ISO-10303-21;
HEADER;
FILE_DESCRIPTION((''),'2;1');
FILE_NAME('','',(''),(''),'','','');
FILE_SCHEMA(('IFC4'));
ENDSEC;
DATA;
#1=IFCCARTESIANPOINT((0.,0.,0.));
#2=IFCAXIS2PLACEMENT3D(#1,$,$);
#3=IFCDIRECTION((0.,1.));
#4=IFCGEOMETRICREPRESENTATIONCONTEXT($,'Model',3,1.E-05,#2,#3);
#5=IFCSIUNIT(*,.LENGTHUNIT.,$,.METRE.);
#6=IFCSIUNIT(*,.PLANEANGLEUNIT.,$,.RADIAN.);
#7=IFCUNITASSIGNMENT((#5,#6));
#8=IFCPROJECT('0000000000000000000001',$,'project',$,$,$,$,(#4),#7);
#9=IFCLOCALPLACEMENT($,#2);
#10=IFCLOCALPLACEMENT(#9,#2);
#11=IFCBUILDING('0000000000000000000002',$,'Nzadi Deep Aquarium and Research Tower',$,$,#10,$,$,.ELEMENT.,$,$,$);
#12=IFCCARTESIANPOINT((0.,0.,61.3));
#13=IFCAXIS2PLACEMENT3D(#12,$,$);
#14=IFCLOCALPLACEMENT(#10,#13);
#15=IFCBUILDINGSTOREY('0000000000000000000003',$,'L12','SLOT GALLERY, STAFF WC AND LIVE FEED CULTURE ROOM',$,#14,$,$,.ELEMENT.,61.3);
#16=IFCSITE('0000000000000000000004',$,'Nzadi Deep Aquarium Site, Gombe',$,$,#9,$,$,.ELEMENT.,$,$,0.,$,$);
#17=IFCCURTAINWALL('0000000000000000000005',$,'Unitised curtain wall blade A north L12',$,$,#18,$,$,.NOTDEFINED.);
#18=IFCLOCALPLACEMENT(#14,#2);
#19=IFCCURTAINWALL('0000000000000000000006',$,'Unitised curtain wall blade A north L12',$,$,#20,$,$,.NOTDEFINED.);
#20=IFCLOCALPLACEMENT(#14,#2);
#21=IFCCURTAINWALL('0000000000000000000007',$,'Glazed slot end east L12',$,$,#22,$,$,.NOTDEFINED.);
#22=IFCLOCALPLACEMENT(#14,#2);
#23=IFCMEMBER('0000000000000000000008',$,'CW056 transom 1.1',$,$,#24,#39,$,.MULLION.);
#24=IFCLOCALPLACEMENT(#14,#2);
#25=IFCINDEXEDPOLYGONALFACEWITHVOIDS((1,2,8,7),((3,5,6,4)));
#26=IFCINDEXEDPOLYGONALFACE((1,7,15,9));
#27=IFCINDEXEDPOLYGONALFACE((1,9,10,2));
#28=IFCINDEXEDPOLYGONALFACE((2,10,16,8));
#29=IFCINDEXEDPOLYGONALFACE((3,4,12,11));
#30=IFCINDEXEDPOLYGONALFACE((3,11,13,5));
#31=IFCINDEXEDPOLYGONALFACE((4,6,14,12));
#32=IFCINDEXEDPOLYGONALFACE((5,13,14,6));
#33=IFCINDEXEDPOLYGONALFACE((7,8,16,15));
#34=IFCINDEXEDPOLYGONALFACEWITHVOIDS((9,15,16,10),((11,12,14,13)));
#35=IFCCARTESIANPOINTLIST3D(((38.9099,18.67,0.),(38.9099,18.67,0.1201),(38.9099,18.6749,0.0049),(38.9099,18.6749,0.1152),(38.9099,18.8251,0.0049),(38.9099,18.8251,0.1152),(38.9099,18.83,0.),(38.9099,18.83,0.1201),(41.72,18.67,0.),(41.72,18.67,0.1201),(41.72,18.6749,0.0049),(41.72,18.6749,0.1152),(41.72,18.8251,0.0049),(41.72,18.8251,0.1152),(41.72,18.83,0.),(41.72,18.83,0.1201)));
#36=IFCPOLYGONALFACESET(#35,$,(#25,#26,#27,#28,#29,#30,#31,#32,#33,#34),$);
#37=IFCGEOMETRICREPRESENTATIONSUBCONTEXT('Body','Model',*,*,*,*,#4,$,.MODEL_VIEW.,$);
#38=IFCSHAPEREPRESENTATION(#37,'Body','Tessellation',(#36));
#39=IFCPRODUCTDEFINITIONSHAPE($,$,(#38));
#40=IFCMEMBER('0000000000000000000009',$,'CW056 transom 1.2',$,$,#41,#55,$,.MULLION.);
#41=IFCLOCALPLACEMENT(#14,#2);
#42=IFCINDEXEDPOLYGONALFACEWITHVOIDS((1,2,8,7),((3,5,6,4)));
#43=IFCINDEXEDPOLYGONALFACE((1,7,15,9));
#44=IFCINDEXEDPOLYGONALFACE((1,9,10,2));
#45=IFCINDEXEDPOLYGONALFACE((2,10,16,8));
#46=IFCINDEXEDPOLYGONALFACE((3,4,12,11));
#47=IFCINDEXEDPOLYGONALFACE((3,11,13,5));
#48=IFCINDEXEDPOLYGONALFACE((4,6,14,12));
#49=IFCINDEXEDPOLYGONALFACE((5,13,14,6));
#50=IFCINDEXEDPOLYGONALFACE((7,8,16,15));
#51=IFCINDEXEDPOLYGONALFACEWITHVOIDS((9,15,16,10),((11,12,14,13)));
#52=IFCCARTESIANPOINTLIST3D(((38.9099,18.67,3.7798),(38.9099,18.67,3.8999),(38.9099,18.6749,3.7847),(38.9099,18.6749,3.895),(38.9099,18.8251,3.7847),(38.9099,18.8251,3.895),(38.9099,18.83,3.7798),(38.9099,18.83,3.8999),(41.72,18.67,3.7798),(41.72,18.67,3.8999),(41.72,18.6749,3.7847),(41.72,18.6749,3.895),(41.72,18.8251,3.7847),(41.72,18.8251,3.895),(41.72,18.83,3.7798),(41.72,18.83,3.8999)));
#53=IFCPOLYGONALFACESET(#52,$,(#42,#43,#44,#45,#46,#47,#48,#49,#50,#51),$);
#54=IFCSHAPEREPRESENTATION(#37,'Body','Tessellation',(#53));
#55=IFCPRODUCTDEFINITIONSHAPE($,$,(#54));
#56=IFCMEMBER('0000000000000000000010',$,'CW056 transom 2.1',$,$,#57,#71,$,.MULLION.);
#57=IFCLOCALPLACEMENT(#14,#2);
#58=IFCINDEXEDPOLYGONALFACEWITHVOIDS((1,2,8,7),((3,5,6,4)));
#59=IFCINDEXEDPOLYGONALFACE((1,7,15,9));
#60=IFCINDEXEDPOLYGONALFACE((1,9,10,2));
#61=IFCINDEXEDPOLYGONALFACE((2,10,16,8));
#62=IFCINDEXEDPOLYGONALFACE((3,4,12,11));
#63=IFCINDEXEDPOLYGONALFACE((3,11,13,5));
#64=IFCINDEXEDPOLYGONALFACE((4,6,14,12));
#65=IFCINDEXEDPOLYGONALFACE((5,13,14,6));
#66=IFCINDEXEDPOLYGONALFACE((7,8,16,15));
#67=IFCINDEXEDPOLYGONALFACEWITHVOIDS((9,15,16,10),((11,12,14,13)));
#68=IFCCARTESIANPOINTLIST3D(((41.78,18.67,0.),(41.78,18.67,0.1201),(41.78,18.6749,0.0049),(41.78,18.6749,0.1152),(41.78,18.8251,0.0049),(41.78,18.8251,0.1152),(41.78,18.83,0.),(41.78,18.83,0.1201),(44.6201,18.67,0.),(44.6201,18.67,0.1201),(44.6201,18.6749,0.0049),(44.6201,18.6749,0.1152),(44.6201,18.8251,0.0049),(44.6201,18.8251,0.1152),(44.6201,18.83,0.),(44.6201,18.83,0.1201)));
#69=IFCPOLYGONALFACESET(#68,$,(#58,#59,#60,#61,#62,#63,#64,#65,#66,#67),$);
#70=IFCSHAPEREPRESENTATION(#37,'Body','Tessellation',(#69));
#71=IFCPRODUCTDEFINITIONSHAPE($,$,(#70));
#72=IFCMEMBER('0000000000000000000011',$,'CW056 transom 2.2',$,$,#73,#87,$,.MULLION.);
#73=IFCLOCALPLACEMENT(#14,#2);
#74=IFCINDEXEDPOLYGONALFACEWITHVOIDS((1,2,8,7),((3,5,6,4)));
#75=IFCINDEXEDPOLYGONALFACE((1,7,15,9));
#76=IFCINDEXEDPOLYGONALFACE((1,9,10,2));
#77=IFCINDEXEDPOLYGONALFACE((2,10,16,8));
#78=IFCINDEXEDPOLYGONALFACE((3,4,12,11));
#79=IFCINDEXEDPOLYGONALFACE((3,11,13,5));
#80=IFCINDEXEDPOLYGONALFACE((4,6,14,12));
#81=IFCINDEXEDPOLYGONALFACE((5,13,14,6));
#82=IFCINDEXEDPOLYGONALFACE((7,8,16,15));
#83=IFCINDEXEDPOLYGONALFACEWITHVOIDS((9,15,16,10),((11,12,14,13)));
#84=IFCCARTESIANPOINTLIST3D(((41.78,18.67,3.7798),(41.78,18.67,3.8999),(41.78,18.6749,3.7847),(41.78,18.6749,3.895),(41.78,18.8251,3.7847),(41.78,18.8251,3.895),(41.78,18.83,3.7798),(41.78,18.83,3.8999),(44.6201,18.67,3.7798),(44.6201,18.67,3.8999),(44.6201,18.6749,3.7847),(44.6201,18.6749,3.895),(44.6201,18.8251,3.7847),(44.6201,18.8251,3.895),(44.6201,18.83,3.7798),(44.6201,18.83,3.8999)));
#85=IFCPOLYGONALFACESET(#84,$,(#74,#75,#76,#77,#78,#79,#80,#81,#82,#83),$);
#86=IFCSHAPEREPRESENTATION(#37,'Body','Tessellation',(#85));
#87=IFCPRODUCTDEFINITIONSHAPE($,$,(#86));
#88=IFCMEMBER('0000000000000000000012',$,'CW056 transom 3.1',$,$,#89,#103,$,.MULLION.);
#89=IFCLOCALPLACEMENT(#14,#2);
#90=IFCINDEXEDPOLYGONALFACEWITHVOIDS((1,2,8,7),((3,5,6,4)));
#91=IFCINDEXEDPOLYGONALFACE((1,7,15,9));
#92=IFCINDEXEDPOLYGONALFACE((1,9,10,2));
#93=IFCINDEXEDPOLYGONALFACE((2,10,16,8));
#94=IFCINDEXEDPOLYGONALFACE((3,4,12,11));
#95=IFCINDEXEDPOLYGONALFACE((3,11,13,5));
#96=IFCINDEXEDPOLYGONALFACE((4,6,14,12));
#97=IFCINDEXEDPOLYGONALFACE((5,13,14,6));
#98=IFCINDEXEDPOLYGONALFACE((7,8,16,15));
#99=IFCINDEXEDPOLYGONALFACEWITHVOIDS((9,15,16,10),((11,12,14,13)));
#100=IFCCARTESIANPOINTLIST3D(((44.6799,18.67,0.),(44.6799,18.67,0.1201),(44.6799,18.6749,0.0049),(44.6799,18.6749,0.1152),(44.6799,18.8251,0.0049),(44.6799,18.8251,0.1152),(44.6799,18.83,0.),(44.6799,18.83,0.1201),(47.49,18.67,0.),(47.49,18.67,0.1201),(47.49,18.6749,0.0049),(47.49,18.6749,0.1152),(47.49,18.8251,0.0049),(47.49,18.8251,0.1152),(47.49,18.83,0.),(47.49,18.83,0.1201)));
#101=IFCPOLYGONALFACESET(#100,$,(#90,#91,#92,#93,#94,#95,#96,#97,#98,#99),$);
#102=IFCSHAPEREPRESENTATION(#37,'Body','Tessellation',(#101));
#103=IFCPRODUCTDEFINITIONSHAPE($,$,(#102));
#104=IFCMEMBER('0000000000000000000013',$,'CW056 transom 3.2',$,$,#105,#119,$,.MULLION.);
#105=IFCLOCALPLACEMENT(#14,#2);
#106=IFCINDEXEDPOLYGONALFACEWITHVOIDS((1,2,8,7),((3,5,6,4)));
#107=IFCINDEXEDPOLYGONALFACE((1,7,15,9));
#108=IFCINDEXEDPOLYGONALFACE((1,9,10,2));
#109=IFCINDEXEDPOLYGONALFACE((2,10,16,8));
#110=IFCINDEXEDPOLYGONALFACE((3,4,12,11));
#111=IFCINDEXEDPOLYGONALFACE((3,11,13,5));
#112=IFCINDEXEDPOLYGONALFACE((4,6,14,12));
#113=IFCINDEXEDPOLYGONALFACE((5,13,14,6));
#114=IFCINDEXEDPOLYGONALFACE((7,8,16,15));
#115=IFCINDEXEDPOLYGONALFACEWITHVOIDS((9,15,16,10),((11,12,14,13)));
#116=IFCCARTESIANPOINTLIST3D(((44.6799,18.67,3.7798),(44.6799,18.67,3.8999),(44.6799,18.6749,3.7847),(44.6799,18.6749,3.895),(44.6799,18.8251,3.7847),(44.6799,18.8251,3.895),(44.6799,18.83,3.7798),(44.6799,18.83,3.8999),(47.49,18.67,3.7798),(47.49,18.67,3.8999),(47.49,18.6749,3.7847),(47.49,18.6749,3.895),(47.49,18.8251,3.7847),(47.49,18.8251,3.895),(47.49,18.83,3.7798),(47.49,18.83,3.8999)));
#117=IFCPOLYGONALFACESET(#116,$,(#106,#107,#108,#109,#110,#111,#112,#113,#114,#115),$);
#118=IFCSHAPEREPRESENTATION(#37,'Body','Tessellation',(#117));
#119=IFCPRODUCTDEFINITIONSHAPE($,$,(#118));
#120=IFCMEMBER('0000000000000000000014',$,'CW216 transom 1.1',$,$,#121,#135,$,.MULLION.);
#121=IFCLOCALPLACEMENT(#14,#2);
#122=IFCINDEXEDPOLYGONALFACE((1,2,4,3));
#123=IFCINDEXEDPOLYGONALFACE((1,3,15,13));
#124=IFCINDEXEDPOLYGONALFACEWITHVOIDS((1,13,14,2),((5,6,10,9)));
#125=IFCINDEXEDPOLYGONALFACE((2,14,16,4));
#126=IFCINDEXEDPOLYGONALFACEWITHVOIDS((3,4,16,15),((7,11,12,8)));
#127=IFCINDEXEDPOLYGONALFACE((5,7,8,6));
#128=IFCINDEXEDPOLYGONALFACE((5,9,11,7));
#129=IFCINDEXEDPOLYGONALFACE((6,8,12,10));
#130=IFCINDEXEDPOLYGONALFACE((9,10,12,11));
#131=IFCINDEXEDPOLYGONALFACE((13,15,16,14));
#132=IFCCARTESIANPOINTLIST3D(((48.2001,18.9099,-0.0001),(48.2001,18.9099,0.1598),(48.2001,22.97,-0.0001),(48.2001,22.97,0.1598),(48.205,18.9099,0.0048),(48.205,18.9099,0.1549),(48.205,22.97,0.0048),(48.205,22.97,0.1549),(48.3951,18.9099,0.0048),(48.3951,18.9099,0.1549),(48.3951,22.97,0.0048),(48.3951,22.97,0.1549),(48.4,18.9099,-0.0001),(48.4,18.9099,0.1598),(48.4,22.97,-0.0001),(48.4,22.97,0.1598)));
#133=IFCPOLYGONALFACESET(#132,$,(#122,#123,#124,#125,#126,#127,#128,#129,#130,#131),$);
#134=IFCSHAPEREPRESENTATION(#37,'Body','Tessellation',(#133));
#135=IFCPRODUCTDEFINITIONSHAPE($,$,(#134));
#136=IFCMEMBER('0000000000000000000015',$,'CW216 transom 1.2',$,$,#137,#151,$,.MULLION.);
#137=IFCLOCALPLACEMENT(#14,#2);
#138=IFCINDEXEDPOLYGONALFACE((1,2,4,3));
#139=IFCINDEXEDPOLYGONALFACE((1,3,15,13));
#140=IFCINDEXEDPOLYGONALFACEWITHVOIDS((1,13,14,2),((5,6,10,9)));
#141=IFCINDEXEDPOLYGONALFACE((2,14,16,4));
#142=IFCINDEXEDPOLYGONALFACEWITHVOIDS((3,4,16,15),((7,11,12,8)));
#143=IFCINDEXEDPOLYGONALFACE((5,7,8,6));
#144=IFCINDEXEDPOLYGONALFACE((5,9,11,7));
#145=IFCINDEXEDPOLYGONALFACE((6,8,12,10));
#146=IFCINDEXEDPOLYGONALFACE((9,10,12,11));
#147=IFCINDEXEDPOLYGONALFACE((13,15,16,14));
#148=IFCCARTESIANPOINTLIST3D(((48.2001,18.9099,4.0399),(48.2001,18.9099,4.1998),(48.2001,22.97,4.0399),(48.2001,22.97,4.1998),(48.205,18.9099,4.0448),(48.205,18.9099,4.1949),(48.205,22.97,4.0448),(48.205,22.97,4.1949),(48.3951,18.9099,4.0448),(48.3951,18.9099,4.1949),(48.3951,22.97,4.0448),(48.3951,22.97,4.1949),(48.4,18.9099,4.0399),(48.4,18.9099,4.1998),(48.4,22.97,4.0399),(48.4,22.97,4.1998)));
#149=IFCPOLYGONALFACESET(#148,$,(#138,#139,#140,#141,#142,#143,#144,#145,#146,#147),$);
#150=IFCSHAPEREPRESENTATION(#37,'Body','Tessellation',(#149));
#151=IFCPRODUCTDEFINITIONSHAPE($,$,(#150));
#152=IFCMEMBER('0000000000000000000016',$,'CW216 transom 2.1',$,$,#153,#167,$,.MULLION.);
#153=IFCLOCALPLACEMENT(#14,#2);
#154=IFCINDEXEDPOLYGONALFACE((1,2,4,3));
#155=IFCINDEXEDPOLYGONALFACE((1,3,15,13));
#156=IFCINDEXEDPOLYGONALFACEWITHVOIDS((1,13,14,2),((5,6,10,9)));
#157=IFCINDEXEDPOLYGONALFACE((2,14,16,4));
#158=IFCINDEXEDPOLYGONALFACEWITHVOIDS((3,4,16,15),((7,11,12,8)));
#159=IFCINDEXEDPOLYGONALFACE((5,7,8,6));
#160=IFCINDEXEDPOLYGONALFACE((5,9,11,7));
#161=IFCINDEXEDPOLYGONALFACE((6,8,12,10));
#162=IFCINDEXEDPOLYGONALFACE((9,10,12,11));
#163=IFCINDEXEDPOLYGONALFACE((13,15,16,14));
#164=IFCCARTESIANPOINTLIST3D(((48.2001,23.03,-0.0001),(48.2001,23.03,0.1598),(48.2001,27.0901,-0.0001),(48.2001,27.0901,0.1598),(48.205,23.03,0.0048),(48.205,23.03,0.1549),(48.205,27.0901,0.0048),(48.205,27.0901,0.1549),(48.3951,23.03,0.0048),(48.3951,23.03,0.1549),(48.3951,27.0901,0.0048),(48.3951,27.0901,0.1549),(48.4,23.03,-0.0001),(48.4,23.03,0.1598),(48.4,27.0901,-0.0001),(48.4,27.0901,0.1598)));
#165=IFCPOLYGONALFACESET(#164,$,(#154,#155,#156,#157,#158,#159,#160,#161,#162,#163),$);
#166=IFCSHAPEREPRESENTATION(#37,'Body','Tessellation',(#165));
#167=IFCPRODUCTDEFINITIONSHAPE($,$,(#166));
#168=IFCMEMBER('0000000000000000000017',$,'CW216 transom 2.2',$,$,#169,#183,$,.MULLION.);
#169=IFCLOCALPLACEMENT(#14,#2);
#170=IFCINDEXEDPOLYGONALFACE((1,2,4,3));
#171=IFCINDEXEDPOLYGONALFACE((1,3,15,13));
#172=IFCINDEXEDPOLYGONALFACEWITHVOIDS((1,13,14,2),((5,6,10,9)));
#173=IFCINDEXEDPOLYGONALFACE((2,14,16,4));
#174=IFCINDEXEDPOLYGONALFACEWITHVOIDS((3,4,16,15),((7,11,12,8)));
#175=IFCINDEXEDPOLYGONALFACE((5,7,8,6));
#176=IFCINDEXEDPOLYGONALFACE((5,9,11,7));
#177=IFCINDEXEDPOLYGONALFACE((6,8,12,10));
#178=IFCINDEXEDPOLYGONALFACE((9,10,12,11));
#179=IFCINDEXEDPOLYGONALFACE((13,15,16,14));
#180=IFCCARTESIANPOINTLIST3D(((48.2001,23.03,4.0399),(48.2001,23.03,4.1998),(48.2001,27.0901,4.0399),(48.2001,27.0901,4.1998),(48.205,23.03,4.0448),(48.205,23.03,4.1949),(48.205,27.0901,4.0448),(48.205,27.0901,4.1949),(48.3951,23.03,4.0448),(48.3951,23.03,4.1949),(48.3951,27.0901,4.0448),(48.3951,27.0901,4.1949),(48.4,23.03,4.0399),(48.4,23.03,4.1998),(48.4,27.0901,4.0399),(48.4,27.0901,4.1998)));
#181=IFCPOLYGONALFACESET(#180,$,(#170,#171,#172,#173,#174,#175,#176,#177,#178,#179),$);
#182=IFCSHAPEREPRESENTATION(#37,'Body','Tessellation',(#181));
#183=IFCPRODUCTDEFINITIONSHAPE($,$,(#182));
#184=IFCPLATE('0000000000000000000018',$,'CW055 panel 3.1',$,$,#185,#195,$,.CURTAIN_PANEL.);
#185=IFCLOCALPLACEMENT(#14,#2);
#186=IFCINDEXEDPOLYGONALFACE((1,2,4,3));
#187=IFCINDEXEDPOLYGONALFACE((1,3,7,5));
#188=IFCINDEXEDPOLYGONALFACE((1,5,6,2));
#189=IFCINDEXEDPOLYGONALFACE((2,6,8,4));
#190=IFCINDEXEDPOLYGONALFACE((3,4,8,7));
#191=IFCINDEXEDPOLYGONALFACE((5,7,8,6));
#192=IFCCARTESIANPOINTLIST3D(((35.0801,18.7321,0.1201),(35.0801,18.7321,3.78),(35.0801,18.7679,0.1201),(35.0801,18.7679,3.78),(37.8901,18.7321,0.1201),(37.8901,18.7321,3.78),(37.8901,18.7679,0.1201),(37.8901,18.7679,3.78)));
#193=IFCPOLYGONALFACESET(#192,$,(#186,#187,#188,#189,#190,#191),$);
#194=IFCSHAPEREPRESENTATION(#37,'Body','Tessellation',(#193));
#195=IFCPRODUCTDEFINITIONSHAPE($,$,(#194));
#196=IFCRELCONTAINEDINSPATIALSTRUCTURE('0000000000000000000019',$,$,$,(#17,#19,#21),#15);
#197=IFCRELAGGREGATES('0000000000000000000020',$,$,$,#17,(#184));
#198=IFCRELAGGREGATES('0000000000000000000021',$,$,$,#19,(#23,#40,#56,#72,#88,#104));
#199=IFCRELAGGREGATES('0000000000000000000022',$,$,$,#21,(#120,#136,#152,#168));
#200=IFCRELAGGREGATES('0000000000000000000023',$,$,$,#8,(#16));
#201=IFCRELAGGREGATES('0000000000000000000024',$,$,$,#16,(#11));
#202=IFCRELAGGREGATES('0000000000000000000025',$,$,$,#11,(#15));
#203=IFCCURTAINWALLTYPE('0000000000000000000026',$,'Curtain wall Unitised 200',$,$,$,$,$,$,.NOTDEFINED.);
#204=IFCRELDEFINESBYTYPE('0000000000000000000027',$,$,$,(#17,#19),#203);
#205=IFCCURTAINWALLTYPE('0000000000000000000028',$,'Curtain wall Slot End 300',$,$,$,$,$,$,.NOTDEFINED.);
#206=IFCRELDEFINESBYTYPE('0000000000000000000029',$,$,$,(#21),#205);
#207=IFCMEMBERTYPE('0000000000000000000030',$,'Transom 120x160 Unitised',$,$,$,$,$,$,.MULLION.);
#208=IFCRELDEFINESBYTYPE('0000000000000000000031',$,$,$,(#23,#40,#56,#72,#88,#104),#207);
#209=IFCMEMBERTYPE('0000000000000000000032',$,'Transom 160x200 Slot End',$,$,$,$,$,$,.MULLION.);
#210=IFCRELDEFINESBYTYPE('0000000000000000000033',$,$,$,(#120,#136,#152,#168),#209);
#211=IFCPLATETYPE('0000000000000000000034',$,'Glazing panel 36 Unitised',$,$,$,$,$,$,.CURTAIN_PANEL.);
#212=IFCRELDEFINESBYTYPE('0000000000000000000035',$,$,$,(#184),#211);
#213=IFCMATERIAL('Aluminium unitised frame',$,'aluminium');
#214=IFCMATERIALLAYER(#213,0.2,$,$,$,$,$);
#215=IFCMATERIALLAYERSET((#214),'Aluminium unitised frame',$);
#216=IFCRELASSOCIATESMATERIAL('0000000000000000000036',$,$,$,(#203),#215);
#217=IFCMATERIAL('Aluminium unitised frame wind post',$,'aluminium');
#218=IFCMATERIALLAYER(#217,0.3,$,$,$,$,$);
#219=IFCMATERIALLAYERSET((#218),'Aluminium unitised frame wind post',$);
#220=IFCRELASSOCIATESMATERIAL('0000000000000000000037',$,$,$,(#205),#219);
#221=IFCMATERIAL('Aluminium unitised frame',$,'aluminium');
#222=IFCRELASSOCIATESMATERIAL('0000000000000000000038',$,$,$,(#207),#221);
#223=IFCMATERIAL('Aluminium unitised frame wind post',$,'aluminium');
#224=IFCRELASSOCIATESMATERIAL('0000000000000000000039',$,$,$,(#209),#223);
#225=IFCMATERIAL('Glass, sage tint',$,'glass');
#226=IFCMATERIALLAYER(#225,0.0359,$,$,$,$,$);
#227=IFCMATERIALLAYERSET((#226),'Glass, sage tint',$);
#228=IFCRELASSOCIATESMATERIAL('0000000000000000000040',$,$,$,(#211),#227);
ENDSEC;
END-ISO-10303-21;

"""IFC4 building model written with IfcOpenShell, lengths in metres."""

from ifc_helpers import new_model, si_unit, direction, frame, origin, origin_2d, place, context, subcontext, project, spatial, rectangle, hollow_rectangle, extrude, material, layer, layer_set, material_profile, profile_set, type_object, element, aggregate, save


model = new_model("IFC4")

# Units and contexts
model_context = context("Model", 3, precision=1e-05, world=origin(), true_north=direction((0.0, 1.0)))
body_context = subcontext(model_context, "Body", "Model", "MODEL_VIEW")
ifc_project = project(units=[si_unit("LENGTHUNIT", "METRE"), si_unit("PLANEANGLEUNIT", "RADIAN")], contexts=[model_context])

# Site, building, storey
site_placement = place(None, origin())
site = spatial("IfcSite", under=ifc_project, at=site_placement, Name="Nzadi Deep Aquarium Site, Gombe", CompositionType="ELEMENT", RefElevation=0.0)
building_placement = place(site_placement, origin())
building = spatial("IfcBuilding", under=site, at=building_placement, Name="Nzadi Deep Aquarium and Research Tower", CompositionType="ELEMENT")
storey_placement = place(building_placement, frame((0.0, 0.0, 61.3)))
storey = spatial("IfcBuildingStorey", under=building, at=storey_placement, Name="L12", Description="SLOT GALLERY, STAFF WC AND LIVE FEED CULTURE ROOM", CompositionType="ELEMENT", Elevation=61.3)

# Curtain wall
ifc_material_1 = material(Name="Aluminium unitised frame", Category="aluminium")
ifc_layer_1 = layer(ifc_material_1, 0.2)
ifc_layer_set_1 = layer_set([ifc_layer_1], Name="Aluminium unitised frame")
curtain_wall_type_1 = type_object("IfcCurtainWallType", Name="Curtain wall Unitised 200", PredefinedType="NOTDEFINED", material=ifc_layer_set_1)
curtain_wall_1_placement = place(storey_placement, origin())
curtain_wall_1 = element("IfcCurtainWall", 1, at=curtain_wall_1_placement, inside=storey, type_object=curtain_wall_type_1, Name="Unitised curtain wall blade A north L12", PredefinedType="NOTDEFINED")

# Curtain walls
curtain_wall_2_placement = place(storey_placement, origin())
curtain_wall_2 = element("IfcCurtainWall", 2, at=curtain_wall_2_placement, inside=storey, type_object=curtain_wall_type_1, Name="Unitised curtain wall blade A north L12", PredefinedType="NOTDEFINED")
ifc_material_2 = material(Name="Aluminium unitised frame wind post", Category="aluminium")
ifc_layer_2 = layer(ifc_material_2, 0.3)
ifc_layer_set_2 = layer_set([ifc_layer_2], Name="Aluminium unitised frame wind post")
curtain_wall_type_2 = type_object("IfcCurtainWallType", Name="Curtain wall Slot End 300", PredefinedType="NOTDEFINED", material=ifc_layer_set_2)
curtain_wall_3_placement = place(storey_placement, origin())
curtain_wall_3 = element("IfcCurtainWall", 3, at=curtain_wall_3_placement, inside=storey, type_object=curtain_wall_type_2, Name="Glazed slot end east L12", PredefinedType="NOTDEFINED")

# Members
ifc_material_3 = material(Name="Aluminium unitised frame", Category="aluminium")
ifc_material_profile_1 = material_profile(ifc_material_3, hollow_rectangle(XDim=0.1599, YDim=0.1201, WallThickness=0.0049, at=origin_2d()))
ifc_profile_set_1 = profile_set([ifc_material_profile_1], Name="Aluminium unitised frame")
member_type_1 = type_object("IfcMemberType", Name="Transom 120x160 Unitised", PredefinedType="MULLION", material=ifc_profile_set_1)
member_1_placement = place(storey_placement, frame((38.9099, 18.75, 0.0601), z_axis=(1.0, 0.0, 0.0), x_axis=(0.0, 1.0, 0.0)))
member_1 = element("IfcMember", 4, at=member_1_placement, type_object=member_type_1, Name="CW056 transom 1.1", PredefinedType="MULLION", context=body_context, shape_type="SweptSolid", body=[
    extrude(hollow_rectangle(XDim=0.1599, YDim=0.1201, WallThickness=0.0049, at=origin_2d()), origin(), (0.0, 0.0, 1.0), 2.8101),
])
member_2_placement = place(storey_placement, frame((38.9099, 18.75, 3.8398), z_axis=(1.0, 0.0, 0.0), x_axis=(0.0, 1.0, 0.0)))
member_2 = element("IfcMember", 5, at=member_2_placement, type_object=member_type_1, Name="CW056 transom 1.2", PredefinedType="MULLION", context=body_context, shape_type="SweptSolid", body=[
    extrude(hollow_rectangle(XDim=0.1599, YDim=0.1201, WallThickness=0.0049, at=origin_2d()), origin(), (0.0, 0.0, 1.0), 2.8101),
])
member_3_placement = place(storey_placement, frame((41.78, 18.75, 0.0601), z_axis=(1.0, 0.0, 0.0), x_axis=(0.0, 1.0, 0.0)))
member_3 = element("IfcMember", 6, at=member_3_placement, type_object=member_type_1, Name="CW056 transom 2.1", PredefinedType="MULLION", context=body_context, shape_type="SweptSolid", body=[
    extrude(hollow_rectangle(XDim=0.1599, YDim=0.1201, WallThickness=0.0049, at=origin_2d()), origin(), (0.0, 0.0, 1.0), 2.8401),
])
member_4_placement = place(storey_placement, frame((41.78, 18.75, 3.8398), z_axis=(1.0, 0.0, 0.0), x_axis=(0.0, 1.0, 0.0)))
member_4 = element("IfcMember", 7, at=member_4_placement, type_object=member_type_1, Name="CW056 transom 2.2", PredefinedType="MULLION", context=body_context, shape_type="SweptSolid", body=[
    extrude(hollow_rectangle(XDim=0.1599, YDim=0.1201, WallThickness=0.0049, at=origin_2d()), origin(), (0.0, 0.0, 1.0), 2.8401),
])
member_5_placement = place(storey_placement, frame((44.6799, 18.75, 0.0601), z_axis=(1.0, 0.0, 0.0), x_axis=(0.0, 1.0, 0.0)))
member_5 = element("IfcMember", 8, at=member_5_placement, type_object=member_type_1, Name="CW056 transom 3.1", PredefinedType="MULLION", context=body_context, shape_type="SweptSolid", body=[
    extrude(hollow_rectangle(XDim=0.1599, YDim=0.1201, WallThickness=0.0049, at=origin_2d()), origin(), (0.0, 0.0, 1.0), 2.8101),
])
member_6_placement = place(storey_placement, frame((44.6799, 18.75, 3.8398), z_axis=(1.0, 0.0, 0.0), x_axis=(0.0, 1.0, 0.0)))
member_6 = element("IfcMember", 9, at=member_6_placement, type_object=member_type_1, Name="CW056 transom 3.2", PredefinedType="MULLION", context=body_context, shape_type="SweptSolid", body=[
    extrude(hollow_rectangle(XDim=0.1599, YDim=0.1201, WallThickness=0.0049, at=origin_2d()), origin(), (0.0, 0.0, 1.0), 2.8101),
])
ifc_material_4 = material(Name="Aluminium unitised frame wind post", Category="aluminium")
ifc_material_profile_2 = material_profile(ifc_material_4, hollow_rectangle(XDim=0.2, YDim=0.1599, WallThickness=0.0049, at=origin_2d()))
ifc_profile_set_2 = profile_set([ifc_material_profile_2], Name="Aluminium unitised frame wind post")
member_type_2 = type_object("IfcMemberType", Name="Transom 160x200 Slot End", PredefinedType="MULLION", material=ifc_profile_set_2)
member_7_placement = place(storey_placement, frame((48.3, 18.9099, 0.0798), z_axis=(0.0, 1.0, 0.0), x_axis=(-1.0, 0.0, 0.0)))
member_7 = element("IfcMember", 10, at=member_7_placement, type_object=member_type_2, Name="CW216 transom 1.1", PredefinedType="MULLION", context=body_context, shape_type="SweptSolid", body=[
    extrude(hollow_rectangle(XDim=0.2, YDim=0.1599, WallThickness=0.0049, at=origin_2d()), origin(), (0.0, 0.0, 1.0), 4.0601),
])
member_8_placement = place(storey_placement, frame((48.3, 18.9099, 4.1199), z_axis=(0.0, 1.0, 0.0), x_axis=(-1.0, 0.0, 0.0)))
member_8 = element("IfcMember", 11, at=member_8_placement, type_object=member_type_2, Name="CW216 transom 1.2", PredefinedType="MULLION", context=body_context, shape_type="SweptSolid", body=[
    extrude(hollow_rectangle(XDim=0.2, YDim=0.1599, WallThickness=0.0049, at=origin_2d()), origin(), (0.0, 0.0, 1.0), 4.0601),
])
member_9_placement = place(storey_placement, frame((48.3, 23.03, 0.0798), z_axis=(0.0, 1.0, 0.0), x_axis=(-1.0, 0.0, 0.0)))
member_9 = element("IfcMember", 12, at=member_9_placement, type_object=member_type_2, Name="CW216 transom 2.1", PredefinedType="MULLION", context=body_context, shape_type="SweptSolid", body=[
    extrude(hollow_rectangle(XDim=0.2, YDim=0.1599, WallThickness=0.0049, at=origin_2d()), origin(), (0.0, 0.0, 1.0), 4.0601),
])
member_10_placement = place(storey_placement, frame((48.3, 23.03, 4.1199), z_axis=(0.0, 1.0, 0.0), x_axis=(-1.0, 0.0, 0.0)))
member_10 = element("IfcMember", 13, at=member_10_placement, type_object=member_type_2, Name="CW216 transom 2.2", PredefinedType="MULLION", context=body_context, shape_type="SweptSolid", body=[
    extrude(hollow_rectangle(XDim=0.2, YDim=0.1599, WallThickness=0.0049, at=origin_2d()), origin(), (0.0, 0.0, 1.0), 4.0601),
])

# Plate
ifc_material_5 = material(Name="Glass, sage tint", Category="glass")
ifc_layer_3 = layer(ifc_material_5, 0.0359)
ifc_layer_set_3 = layer_set([ifc_layer_3], Name="Glass, sage tint")
plate_type_1 = type_object("IfcPlateType", Name="Glazing panel 36 Unitised", PredefinedType="CURTAIN_PANEL", material=ifc_layer_set_3)
plate_1_placement = place(storey_placement, frame((36.4851, 18.75, 0.1201), z_axis=(0.0, 0.0, 1.0), x_axis=(1.0, 0.0, 0.0)))
plate_1 = element("IfcPlate", 14, at=plate_1_placement, type_object=plate_type_1, Name="CW055 panel 3.1", PredefinedType="CURTAIN_PANEL", context=body_context, shape_type="SweptSolid", body=[
    extrude(rectangle(XDim=2.8101, YDim=0.0359, at=origin_2d()), origin(), (0.0, 0.0, 1.0), 3.6599),
])
aggregate(curtain_wall_1, [plate_1])
aggregate(curtain_wall_2, [member_1, member_2, member_3, member_4, member_5, member_6])
aggregate(curtain_wall_3, [member_7, member_8, member_9, member_10])

save(model, "model.ifc")
